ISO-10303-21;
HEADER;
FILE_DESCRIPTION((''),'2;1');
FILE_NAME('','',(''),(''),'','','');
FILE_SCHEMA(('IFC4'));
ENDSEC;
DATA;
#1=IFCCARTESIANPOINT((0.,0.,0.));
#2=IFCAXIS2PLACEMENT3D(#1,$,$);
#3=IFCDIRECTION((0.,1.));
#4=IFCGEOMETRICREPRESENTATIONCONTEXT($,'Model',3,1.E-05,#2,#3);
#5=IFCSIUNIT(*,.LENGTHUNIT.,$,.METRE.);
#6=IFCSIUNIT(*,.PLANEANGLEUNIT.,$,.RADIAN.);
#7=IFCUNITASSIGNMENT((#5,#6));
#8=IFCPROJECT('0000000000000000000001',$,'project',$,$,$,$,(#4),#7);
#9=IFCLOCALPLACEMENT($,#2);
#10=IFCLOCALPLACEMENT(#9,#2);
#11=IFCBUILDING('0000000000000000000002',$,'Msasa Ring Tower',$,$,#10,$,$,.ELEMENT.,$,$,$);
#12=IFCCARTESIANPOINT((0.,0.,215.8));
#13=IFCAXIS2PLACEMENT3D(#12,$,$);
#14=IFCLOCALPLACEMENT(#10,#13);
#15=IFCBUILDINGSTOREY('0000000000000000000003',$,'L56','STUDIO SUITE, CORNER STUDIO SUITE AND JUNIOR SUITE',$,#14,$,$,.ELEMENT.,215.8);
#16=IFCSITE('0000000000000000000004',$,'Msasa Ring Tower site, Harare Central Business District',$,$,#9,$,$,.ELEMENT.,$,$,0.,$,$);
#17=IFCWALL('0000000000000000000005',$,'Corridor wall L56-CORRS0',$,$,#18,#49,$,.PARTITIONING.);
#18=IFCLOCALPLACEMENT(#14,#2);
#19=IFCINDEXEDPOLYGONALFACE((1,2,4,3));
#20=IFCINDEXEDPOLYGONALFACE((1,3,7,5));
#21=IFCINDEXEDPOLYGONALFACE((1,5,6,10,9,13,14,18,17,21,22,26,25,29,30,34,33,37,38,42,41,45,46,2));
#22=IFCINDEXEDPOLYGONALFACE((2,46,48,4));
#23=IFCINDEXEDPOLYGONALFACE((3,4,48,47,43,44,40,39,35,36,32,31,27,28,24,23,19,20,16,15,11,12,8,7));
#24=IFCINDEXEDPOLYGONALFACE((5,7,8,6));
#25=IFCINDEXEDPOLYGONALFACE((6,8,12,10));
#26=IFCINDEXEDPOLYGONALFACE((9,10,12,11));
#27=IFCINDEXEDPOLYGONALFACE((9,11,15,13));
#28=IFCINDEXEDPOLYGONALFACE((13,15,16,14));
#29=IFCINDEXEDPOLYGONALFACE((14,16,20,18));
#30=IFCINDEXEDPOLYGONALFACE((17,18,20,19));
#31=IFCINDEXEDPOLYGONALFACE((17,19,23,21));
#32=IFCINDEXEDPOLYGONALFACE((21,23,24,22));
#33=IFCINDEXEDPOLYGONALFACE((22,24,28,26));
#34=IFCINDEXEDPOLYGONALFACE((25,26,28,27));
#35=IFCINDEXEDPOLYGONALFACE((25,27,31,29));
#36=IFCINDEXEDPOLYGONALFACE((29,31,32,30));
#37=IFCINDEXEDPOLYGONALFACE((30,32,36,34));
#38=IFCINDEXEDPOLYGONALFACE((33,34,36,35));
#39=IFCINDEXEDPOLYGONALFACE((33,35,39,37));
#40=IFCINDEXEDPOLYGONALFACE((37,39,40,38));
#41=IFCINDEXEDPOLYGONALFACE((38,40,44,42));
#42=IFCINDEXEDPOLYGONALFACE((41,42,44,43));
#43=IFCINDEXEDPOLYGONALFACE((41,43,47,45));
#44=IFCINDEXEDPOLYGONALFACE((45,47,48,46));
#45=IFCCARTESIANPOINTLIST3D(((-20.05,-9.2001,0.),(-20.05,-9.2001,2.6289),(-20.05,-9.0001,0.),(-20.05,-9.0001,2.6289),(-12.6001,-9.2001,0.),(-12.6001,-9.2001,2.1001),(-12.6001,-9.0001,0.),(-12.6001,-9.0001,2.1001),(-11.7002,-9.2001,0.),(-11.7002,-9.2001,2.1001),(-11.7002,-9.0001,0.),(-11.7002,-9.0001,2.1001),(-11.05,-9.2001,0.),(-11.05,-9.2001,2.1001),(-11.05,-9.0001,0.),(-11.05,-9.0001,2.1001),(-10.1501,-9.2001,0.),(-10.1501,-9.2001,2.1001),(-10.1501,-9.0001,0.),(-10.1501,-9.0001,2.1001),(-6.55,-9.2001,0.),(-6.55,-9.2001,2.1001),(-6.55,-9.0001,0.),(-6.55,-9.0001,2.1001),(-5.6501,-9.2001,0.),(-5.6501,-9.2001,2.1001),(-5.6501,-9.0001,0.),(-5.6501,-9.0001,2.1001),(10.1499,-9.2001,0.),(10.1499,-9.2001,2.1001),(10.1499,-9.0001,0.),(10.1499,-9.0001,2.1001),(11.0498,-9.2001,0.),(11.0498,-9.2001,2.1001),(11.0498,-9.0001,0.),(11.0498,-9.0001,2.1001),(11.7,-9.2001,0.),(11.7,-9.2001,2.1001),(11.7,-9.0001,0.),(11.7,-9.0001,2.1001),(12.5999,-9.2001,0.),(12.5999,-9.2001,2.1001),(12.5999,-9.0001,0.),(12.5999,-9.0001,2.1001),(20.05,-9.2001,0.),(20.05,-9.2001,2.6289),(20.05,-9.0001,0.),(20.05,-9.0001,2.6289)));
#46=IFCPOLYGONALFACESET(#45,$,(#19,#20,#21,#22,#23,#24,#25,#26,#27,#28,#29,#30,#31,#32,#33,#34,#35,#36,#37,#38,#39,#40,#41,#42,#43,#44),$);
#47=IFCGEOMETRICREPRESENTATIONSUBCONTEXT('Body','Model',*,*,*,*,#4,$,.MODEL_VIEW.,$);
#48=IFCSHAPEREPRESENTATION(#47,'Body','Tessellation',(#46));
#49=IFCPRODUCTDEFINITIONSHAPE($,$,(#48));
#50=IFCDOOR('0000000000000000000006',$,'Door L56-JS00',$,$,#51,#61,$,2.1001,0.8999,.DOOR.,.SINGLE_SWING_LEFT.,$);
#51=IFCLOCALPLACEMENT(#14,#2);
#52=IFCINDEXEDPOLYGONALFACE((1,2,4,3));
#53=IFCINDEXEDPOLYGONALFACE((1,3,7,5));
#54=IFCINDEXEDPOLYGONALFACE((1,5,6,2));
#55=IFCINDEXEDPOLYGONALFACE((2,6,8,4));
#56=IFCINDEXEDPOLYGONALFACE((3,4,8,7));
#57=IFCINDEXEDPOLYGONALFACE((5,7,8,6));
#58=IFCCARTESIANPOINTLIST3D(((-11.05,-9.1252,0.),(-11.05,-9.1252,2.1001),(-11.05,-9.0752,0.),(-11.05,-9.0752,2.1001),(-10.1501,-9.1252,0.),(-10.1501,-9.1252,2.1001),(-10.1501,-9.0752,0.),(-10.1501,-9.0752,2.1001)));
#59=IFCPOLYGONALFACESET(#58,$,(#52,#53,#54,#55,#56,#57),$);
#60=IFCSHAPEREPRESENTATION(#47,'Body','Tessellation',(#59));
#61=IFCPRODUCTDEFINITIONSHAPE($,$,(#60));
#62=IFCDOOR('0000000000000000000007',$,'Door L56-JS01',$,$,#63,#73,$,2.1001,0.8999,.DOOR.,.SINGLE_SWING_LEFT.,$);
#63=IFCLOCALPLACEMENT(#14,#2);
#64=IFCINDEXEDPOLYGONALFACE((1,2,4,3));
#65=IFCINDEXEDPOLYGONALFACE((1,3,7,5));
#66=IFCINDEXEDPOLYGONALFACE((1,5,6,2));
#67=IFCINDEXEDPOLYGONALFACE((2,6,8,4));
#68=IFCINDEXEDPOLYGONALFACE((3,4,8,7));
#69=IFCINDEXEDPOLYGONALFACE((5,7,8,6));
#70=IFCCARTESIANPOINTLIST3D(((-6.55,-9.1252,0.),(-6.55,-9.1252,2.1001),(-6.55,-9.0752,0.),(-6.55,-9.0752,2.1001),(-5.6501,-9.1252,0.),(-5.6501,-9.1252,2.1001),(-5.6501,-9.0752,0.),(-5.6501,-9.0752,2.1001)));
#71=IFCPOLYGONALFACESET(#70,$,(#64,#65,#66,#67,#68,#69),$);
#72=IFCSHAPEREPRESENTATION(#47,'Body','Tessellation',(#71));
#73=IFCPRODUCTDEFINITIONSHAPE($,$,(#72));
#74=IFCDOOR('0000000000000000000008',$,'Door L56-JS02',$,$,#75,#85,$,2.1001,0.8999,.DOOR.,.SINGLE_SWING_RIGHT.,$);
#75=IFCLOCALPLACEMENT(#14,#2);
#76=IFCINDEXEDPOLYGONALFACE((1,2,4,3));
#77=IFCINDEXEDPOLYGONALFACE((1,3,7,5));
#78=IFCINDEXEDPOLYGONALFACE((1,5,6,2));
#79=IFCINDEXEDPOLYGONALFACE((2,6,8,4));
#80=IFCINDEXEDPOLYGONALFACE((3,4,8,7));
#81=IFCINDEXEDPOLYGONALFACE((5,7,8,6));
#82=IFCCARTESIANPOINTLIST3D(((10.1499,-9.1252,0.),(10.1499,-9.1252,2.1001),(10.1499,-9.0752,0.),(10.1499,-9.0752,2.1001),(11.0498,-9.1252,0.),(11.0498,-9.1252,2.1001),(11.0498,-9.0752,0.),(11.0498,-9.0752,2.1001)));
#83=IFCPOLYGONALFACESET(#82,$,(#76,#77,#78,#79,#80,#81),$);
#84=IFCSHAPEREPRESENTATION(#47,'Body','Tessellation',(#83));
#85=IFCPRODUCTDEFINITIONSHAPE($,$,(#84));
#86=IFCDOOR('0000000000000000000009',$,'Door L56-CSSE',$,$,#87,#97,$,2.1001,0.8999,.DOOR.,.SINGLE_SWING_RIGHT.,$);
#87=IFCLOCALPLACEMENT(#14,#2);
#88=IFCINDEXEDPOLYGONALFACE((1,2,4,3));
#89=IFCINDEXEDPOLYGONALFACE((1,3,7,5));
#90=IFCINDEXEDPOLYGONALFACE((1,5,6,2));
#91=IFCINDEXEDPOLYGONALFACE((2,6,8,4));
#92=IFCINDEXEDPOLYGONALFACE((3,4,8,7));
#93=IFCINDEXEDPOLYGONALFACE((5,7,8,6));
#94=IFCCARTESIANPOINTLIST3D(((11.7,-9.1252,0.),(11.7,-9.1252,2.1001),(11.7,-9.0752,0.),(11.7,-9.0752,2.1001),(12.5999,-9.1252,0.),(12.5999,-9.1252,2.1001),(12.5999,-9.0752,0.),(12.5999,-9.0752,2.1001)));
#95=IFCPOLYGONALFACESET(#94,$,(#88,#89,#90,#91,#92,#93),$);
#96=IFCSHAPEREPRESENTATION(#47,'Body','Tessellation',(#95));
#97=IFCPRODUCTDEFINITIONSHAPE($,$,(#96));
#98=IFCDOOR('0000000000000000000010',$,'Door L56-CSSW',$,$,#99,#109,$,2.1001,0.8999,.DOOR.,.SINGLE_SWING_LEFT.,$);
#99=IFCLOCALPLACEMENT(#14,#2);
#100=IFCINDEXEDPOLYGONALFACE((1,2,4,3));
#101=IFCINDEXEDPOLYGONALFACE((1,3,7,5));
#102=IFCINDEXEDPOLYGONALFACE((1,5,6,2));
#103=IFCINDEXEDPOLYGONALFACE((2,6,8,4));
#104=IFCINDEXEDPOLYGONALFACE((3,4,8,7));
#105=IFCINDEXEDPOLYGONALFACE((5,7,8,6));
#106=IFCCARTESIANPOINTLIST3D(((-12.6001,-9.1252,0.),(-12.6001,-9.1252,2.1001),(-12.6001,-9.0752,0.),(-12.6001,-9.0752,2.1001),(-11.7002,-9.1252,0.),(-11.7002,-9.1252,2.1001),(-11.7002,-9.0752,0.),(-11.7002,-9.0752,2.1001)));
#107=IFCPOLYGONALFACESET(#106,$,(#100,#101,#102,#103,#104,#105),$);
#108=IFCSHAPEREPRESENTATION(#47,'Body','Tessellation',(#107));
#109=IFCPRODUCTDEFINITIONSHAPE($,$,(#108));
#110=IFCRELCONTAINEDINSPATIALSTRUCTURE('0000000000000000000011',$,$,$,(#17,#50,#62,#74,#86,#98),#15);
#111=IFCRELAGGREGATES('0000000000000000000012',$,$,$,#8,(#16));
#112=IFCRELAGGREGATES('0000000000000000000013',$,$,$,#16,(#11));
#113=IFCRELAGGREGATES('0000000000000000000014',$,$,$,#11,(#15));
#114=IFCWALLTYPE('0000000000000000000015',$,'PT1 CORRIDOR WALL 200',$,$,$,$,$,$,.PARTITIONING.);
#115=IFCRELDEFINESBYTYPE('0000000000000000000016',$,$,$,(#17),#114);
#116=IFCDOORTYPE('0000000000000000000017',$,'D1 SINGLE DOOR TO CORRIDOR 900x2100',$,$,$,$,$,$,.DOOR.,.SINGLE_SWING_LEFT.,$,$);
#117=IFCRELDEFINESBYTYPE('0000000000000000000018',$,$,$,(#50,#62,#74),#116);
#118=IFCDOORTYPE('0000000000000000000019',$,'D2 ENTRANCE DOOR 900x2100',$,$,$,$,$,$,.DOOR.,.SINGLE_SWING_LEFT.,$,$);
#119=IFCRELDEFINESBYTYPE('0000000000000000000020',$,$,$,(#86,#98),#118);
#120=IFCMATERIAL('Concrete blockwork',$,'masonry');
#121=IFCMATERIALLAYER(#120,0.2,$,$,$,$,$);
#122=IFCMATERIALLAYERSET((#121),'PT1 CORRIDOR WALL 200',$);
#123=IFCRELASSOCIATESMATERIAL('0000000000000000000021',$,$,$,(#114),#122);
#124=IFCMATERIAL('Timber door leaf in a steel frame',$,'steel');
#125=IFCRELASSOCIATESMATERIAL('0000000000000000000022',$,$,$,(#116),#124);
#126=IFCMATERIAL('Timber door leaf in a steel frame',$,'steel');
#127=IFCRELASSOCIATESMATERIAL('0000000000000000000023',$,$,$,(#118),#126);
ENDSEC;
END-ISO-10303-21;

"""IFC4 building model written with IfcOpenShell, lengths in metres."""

from ifc_helpers import new_model, si_unit, direction, frame, frame_2d, origin, place, context, subcontext, project, spatial, rectangle, extrude, material, layer, layer_set, type_object, element, fill, save


model = new_model("IFC4")

# Units and contexts
model_context = context("Model", 3, precision=1e-05, world=origin(), true_north=direction((0.0, 1.0)))
body_context = subcontext(model_context, "Body", "Model", "MODEL_VIEW")
ifc_project = project(units=[si_unit("LENGTHUNIT", "METRE"), si_unit("PLANEANGLEUNIT", "RADIAN")], contexts=[model_context])

# Site, building, storey
site_placement = place(None, origin())
site = spatial("IfcSite", under=ifc_project, at=site_placement, Name="Msasa Ring Tower site, Harare Central Business District", CompositionType="ELEMENT", RefElevation=0.0)
building_placement = place(site_placement, origin())
building = spatial("IfcBuilding", under=site, at=building_placement, Name="Msasa Ring Tower", CompositionType="ELEMENT")
storey_placement = place(building_placement, frame((0.0, 0.0, 215.8)))
storey = spatial("IfcBuildingStorey", under=building, at=storey_placement, Name="L56", Description="STUDIO SUITE, CORNER STUDIO SUITE AND JUNIOR SUITE", CompositionType="ELEMENT", Elevation=215.8)

# Wall, openings, doors
ifc_material_1 = material(Name="Concrete blockwork", Category="masonry")
ifc_layer_1 = layer(ifc_material_1, 0.2)
ifc_layer_set_1 = layer_set([ifc_layer_1], Name="PT1 CORRIDOR WALL 200")
wall_type_1 = type_object("IfcWallType", Name="PT1 CORRIDOR WALL 200", PredefinedType="PARTITIONING", material=ifc_layer_set_1)
wall_1_placement = place(storey_placement, frame((-20.05, -9.1001, 0.0), z_axis=(0.0, 0.0, 1.0), x_axis=(1.0, 0.0, 0.0)))
wall_1 = element("IfcWall", 1, at=wall_1_placement, inside=storey, type_object=wall_type_1, Name="Corridor wall L56-CORRS0", PredefinedType="PARTITIONING", context=body_context, shape_type="SweptSolid", body=[
    extrude(rectangle(XDim=40.1001, YDim=0.2, at=frame_2d((20.05, 0.0))), origin(), (0.0, 0.0, 1.0), 2.6289),
])
opening_1_placement = place(wall_1_placement, frame((9.0, 0.0, 0.0)))
opening_1 = element("IfcOpeningElement", 2, at=opening_1_placement, cuts=wall_1, PredefinedType="OPENING", context=body_context, shape_type="SweptSolid", body=[
    extrude(rectangle(XDim=0.8999, YDim=2.1001, at=frame_2d((0.45, 1.05))), frame((0.0, 0.1099, 0.0), z_axis=(0.0, -1.0, 0.0), x_axis=(1.0, 0.0, 0.0)), (0.0, 0.0, 1.0), 0.22),
])
opening_2_placement = place(wall_1_placement, frame((13.5, 0.0, 0.0)))
opening_2 = element("IfcOpeningElement", 3, at=opening_2_placement, cuts=wall_1, PredefinedType="OPENING", context=body_context, shape_type="SweptSolid", body=[
    extrude(rectangle(XDim=0.8999, YDim=2.1001, at=frame_2d((0.45, 1.05))), frame((0.0, 0.1099, 0.0), z_axis=(0.0, -1.0, 0.0), x_axis=(1.0, 0.0, 0.0)), (0.0, 0.0, 1.0), 0.22),
])
opening_3_placement = place(wall_1_placement, frame((30.2, 0.0, 0.0)))
opening_3 = element("IfcOpeningElement", 4, at=opening_3_placement, cuts=wall_1, PredefinedType="OPENING", context=body_context, shape_type="SweptSolid", body=[
    extrude(rectangle(XDim=0.8999, YDim=2.1001, at=frame_2d((0.45, 1.05))), frame((0.0, 0.1099, 0.0), z_axis=(0.0, -1.0, 0.0), x_axis=(1.0, 0.0, 0.0)), (0.0, 0.0, 1.0), 0.22),
])
opening_4_placement = place(wall_1_placement, frame((31.75, 0.0, 0.0)))
opening_4 = element("IfcOpeningElement", 5, at=opening_4_placement, cuts=wall_1, PredefinedType="OPENING", context=body_context, shape_type="SweptSolid", body=[
    extrude(rectangle(XDim=0.8999, YDim=2.1001, at=frame_2d((0.45, 1.05))), frame((0.0, 0.1099, 0.0), z_axis=(0.0, -1.0, 0.0), x_axis=(1.0, 0.0, 0.0)), (0.0, 0.0, 1.0), 0.22),
])
opening_5_placement = place(wall_1_placement, frame((7.45, 0.0, 0.0)))
opening_5 = element("IfcOpeningElement", 6, at=opening_5_placement, cuts=wall_1, PredefinedType="OPENING", context=body_context, shape_type="SweptSolid", body=[
    extrude(rectangle(XDim=0.8999, YDim=2.1001, at=frame_2d((0.45, 1.05))), frame((0.0, 0.1099, 0.0), z_axis=(0.0, -1.0, 0.0), x_axis=(1.0, 0.0, 0.0)), (0.0, 0.0, 1.0), 0.22),
])
ifc_material_2 = material(Name="Timber door leaf in a steel frame", Category="steel")
door_type_1 = type_object("IfcDoorType", Name="D1 SINGLE DOOR TO CORRIDOR 900x2100", OperationType="SINGLE_SWING_LEFT", PredefinedType="DOOR", material=ifc_material_2)
door_1_placement = place(opening_1_placement, origin())
door_1 = element("IfcDoor", 7, at=door_1_placement, inside=storey, type_object=door_type_1, Name="Door L56-JS00", OperationType="SINGLE_SWING_LEFT", OverallHeight=2.1001, OverallWidth=0.8999, PredefinedType="DOOR", context=body_context, shape_type="SweptSolid", body=[
    extrude(rectangle(XDim=0.8999, YDim=2.1001, at=frame_2d((0.45, 1.05))), frame((0.0, 0.0249, 0.0), z_axis=(0.0, -1.0, 0.0), x_axis=(1.0, 0.0, 0.0)), (0.0, 0.0, 1.0), 0.05),
])
fill(opening_1, door_1)
door_2_placement = place(opening_2_placement, origin())
door_2 = element("IfcDoor", 8, at=door_2_placement, inside=storey, type_object=door_type_1, Name="Door L56-JS01", OperationType="SINGLE_SWING_LEFT", OverallHeight=2.1001, OverallWidth=0.8999, PredefinedType="DOOR", context=body_context, shape_type="SweptSolid", body=[
    extrude(rectangle(XDim=0.8999, YDim=2.1001, at=frame_2d((0.45, 1.05))), frame((0.0, 0.0249, 0.0), z_axis=(0.0, -1.0, 0.0), x_axis=(1.0, 0.0, 0.0)), (0.0, 0.0, 1.0), 0.05),
])
fill(opening_2, door_2)
door_3_placement = place(opening_3_placement, origin())
door_3 = element("IfcDoor", 9, at=door_3_placement, inside=storey, type_object=door_type_1, Name="Door L56-JS02", OperationType="SINGLE_SWING_RIGHT", OverallHeight=2.1001, OverallWidth=0.8999, PredefinedType="DOOR", context=body_context, shape_type="SweptSolid", body=[
    extrude(rectangle(XDim=0.8999, YDim=2.1001, at=frame_2d((0.45, 1.05))), frame((0.0, 0.0249, 0.0), z_axis=(0.0, -1.0, 0.0), x_axis=(1.0, 0.0, 0.0)), (0.0, 0.0, 1.0), 0.05),
])
fill(opening_3, door_3)
ifc_material_3 = material(Name="Timber door leaf in a steel frame", Category="steel")
door_type_2 = type_object("IfcDoorType", Name="D2 ENTRANCE DOOR 900x2100", OperationType="SINGLE_SWING_LEFT", PredefinedType="DOOR", material=ifc_material_3)
door_4_placement = place(opening_4_placement, origin())
door_4 = element("IfcDoor", 10, at=door_4_placement, inside=storey, type_object=door_type_2, Name="Door L56-CSSE", OperationType="SINGLE_SWING_RIGHT", OverallHeight=2.1001, OverallWidth=0.8999, PredefinedType="DOOR", context=body_context, shape_type="SweptSolid", body=[
    extrude(rectangle(XDim=0.8999, YDim=2.1001, at=frame_2d((0.45, 1.05))), frame((0.0, 0.0249, 0.0), z_axis=(0.0, -1.0, 0.0), x_axis=(1.0, 0.0, 0.0)), (0.0, 0.0, 1.0), 0.05),
])
fill(opening_4, door_4)
door_5_placement = place(opening_5_placement, origin())
door_5 = element("IfcDoor", 11, at=door_5_placement, inside=storey, type_object=door_type_2, Name="Door L56-CSSW", OperationType="SINGLE_SWING_LEFT", OverallHeight=2.1001, OverallWidth=0.8999, PredefinedType="DOOR", context=body_context, shape_type="SweptSolid", body=[
    extrude(rectangle(XDim=0.8999, YDim=2.1001, at=frame_2d((0.45, 1.05))), frame((0.0, 0.0249, 0.0), z_axis=(0.0, -1.0, 0.0), x_axis=(1.0, 0.0, 0.0)), (0.0, 0.0, 1.0), 0.05),
])
fill(opening_5, door_5)

save(model, "model.ifc")
